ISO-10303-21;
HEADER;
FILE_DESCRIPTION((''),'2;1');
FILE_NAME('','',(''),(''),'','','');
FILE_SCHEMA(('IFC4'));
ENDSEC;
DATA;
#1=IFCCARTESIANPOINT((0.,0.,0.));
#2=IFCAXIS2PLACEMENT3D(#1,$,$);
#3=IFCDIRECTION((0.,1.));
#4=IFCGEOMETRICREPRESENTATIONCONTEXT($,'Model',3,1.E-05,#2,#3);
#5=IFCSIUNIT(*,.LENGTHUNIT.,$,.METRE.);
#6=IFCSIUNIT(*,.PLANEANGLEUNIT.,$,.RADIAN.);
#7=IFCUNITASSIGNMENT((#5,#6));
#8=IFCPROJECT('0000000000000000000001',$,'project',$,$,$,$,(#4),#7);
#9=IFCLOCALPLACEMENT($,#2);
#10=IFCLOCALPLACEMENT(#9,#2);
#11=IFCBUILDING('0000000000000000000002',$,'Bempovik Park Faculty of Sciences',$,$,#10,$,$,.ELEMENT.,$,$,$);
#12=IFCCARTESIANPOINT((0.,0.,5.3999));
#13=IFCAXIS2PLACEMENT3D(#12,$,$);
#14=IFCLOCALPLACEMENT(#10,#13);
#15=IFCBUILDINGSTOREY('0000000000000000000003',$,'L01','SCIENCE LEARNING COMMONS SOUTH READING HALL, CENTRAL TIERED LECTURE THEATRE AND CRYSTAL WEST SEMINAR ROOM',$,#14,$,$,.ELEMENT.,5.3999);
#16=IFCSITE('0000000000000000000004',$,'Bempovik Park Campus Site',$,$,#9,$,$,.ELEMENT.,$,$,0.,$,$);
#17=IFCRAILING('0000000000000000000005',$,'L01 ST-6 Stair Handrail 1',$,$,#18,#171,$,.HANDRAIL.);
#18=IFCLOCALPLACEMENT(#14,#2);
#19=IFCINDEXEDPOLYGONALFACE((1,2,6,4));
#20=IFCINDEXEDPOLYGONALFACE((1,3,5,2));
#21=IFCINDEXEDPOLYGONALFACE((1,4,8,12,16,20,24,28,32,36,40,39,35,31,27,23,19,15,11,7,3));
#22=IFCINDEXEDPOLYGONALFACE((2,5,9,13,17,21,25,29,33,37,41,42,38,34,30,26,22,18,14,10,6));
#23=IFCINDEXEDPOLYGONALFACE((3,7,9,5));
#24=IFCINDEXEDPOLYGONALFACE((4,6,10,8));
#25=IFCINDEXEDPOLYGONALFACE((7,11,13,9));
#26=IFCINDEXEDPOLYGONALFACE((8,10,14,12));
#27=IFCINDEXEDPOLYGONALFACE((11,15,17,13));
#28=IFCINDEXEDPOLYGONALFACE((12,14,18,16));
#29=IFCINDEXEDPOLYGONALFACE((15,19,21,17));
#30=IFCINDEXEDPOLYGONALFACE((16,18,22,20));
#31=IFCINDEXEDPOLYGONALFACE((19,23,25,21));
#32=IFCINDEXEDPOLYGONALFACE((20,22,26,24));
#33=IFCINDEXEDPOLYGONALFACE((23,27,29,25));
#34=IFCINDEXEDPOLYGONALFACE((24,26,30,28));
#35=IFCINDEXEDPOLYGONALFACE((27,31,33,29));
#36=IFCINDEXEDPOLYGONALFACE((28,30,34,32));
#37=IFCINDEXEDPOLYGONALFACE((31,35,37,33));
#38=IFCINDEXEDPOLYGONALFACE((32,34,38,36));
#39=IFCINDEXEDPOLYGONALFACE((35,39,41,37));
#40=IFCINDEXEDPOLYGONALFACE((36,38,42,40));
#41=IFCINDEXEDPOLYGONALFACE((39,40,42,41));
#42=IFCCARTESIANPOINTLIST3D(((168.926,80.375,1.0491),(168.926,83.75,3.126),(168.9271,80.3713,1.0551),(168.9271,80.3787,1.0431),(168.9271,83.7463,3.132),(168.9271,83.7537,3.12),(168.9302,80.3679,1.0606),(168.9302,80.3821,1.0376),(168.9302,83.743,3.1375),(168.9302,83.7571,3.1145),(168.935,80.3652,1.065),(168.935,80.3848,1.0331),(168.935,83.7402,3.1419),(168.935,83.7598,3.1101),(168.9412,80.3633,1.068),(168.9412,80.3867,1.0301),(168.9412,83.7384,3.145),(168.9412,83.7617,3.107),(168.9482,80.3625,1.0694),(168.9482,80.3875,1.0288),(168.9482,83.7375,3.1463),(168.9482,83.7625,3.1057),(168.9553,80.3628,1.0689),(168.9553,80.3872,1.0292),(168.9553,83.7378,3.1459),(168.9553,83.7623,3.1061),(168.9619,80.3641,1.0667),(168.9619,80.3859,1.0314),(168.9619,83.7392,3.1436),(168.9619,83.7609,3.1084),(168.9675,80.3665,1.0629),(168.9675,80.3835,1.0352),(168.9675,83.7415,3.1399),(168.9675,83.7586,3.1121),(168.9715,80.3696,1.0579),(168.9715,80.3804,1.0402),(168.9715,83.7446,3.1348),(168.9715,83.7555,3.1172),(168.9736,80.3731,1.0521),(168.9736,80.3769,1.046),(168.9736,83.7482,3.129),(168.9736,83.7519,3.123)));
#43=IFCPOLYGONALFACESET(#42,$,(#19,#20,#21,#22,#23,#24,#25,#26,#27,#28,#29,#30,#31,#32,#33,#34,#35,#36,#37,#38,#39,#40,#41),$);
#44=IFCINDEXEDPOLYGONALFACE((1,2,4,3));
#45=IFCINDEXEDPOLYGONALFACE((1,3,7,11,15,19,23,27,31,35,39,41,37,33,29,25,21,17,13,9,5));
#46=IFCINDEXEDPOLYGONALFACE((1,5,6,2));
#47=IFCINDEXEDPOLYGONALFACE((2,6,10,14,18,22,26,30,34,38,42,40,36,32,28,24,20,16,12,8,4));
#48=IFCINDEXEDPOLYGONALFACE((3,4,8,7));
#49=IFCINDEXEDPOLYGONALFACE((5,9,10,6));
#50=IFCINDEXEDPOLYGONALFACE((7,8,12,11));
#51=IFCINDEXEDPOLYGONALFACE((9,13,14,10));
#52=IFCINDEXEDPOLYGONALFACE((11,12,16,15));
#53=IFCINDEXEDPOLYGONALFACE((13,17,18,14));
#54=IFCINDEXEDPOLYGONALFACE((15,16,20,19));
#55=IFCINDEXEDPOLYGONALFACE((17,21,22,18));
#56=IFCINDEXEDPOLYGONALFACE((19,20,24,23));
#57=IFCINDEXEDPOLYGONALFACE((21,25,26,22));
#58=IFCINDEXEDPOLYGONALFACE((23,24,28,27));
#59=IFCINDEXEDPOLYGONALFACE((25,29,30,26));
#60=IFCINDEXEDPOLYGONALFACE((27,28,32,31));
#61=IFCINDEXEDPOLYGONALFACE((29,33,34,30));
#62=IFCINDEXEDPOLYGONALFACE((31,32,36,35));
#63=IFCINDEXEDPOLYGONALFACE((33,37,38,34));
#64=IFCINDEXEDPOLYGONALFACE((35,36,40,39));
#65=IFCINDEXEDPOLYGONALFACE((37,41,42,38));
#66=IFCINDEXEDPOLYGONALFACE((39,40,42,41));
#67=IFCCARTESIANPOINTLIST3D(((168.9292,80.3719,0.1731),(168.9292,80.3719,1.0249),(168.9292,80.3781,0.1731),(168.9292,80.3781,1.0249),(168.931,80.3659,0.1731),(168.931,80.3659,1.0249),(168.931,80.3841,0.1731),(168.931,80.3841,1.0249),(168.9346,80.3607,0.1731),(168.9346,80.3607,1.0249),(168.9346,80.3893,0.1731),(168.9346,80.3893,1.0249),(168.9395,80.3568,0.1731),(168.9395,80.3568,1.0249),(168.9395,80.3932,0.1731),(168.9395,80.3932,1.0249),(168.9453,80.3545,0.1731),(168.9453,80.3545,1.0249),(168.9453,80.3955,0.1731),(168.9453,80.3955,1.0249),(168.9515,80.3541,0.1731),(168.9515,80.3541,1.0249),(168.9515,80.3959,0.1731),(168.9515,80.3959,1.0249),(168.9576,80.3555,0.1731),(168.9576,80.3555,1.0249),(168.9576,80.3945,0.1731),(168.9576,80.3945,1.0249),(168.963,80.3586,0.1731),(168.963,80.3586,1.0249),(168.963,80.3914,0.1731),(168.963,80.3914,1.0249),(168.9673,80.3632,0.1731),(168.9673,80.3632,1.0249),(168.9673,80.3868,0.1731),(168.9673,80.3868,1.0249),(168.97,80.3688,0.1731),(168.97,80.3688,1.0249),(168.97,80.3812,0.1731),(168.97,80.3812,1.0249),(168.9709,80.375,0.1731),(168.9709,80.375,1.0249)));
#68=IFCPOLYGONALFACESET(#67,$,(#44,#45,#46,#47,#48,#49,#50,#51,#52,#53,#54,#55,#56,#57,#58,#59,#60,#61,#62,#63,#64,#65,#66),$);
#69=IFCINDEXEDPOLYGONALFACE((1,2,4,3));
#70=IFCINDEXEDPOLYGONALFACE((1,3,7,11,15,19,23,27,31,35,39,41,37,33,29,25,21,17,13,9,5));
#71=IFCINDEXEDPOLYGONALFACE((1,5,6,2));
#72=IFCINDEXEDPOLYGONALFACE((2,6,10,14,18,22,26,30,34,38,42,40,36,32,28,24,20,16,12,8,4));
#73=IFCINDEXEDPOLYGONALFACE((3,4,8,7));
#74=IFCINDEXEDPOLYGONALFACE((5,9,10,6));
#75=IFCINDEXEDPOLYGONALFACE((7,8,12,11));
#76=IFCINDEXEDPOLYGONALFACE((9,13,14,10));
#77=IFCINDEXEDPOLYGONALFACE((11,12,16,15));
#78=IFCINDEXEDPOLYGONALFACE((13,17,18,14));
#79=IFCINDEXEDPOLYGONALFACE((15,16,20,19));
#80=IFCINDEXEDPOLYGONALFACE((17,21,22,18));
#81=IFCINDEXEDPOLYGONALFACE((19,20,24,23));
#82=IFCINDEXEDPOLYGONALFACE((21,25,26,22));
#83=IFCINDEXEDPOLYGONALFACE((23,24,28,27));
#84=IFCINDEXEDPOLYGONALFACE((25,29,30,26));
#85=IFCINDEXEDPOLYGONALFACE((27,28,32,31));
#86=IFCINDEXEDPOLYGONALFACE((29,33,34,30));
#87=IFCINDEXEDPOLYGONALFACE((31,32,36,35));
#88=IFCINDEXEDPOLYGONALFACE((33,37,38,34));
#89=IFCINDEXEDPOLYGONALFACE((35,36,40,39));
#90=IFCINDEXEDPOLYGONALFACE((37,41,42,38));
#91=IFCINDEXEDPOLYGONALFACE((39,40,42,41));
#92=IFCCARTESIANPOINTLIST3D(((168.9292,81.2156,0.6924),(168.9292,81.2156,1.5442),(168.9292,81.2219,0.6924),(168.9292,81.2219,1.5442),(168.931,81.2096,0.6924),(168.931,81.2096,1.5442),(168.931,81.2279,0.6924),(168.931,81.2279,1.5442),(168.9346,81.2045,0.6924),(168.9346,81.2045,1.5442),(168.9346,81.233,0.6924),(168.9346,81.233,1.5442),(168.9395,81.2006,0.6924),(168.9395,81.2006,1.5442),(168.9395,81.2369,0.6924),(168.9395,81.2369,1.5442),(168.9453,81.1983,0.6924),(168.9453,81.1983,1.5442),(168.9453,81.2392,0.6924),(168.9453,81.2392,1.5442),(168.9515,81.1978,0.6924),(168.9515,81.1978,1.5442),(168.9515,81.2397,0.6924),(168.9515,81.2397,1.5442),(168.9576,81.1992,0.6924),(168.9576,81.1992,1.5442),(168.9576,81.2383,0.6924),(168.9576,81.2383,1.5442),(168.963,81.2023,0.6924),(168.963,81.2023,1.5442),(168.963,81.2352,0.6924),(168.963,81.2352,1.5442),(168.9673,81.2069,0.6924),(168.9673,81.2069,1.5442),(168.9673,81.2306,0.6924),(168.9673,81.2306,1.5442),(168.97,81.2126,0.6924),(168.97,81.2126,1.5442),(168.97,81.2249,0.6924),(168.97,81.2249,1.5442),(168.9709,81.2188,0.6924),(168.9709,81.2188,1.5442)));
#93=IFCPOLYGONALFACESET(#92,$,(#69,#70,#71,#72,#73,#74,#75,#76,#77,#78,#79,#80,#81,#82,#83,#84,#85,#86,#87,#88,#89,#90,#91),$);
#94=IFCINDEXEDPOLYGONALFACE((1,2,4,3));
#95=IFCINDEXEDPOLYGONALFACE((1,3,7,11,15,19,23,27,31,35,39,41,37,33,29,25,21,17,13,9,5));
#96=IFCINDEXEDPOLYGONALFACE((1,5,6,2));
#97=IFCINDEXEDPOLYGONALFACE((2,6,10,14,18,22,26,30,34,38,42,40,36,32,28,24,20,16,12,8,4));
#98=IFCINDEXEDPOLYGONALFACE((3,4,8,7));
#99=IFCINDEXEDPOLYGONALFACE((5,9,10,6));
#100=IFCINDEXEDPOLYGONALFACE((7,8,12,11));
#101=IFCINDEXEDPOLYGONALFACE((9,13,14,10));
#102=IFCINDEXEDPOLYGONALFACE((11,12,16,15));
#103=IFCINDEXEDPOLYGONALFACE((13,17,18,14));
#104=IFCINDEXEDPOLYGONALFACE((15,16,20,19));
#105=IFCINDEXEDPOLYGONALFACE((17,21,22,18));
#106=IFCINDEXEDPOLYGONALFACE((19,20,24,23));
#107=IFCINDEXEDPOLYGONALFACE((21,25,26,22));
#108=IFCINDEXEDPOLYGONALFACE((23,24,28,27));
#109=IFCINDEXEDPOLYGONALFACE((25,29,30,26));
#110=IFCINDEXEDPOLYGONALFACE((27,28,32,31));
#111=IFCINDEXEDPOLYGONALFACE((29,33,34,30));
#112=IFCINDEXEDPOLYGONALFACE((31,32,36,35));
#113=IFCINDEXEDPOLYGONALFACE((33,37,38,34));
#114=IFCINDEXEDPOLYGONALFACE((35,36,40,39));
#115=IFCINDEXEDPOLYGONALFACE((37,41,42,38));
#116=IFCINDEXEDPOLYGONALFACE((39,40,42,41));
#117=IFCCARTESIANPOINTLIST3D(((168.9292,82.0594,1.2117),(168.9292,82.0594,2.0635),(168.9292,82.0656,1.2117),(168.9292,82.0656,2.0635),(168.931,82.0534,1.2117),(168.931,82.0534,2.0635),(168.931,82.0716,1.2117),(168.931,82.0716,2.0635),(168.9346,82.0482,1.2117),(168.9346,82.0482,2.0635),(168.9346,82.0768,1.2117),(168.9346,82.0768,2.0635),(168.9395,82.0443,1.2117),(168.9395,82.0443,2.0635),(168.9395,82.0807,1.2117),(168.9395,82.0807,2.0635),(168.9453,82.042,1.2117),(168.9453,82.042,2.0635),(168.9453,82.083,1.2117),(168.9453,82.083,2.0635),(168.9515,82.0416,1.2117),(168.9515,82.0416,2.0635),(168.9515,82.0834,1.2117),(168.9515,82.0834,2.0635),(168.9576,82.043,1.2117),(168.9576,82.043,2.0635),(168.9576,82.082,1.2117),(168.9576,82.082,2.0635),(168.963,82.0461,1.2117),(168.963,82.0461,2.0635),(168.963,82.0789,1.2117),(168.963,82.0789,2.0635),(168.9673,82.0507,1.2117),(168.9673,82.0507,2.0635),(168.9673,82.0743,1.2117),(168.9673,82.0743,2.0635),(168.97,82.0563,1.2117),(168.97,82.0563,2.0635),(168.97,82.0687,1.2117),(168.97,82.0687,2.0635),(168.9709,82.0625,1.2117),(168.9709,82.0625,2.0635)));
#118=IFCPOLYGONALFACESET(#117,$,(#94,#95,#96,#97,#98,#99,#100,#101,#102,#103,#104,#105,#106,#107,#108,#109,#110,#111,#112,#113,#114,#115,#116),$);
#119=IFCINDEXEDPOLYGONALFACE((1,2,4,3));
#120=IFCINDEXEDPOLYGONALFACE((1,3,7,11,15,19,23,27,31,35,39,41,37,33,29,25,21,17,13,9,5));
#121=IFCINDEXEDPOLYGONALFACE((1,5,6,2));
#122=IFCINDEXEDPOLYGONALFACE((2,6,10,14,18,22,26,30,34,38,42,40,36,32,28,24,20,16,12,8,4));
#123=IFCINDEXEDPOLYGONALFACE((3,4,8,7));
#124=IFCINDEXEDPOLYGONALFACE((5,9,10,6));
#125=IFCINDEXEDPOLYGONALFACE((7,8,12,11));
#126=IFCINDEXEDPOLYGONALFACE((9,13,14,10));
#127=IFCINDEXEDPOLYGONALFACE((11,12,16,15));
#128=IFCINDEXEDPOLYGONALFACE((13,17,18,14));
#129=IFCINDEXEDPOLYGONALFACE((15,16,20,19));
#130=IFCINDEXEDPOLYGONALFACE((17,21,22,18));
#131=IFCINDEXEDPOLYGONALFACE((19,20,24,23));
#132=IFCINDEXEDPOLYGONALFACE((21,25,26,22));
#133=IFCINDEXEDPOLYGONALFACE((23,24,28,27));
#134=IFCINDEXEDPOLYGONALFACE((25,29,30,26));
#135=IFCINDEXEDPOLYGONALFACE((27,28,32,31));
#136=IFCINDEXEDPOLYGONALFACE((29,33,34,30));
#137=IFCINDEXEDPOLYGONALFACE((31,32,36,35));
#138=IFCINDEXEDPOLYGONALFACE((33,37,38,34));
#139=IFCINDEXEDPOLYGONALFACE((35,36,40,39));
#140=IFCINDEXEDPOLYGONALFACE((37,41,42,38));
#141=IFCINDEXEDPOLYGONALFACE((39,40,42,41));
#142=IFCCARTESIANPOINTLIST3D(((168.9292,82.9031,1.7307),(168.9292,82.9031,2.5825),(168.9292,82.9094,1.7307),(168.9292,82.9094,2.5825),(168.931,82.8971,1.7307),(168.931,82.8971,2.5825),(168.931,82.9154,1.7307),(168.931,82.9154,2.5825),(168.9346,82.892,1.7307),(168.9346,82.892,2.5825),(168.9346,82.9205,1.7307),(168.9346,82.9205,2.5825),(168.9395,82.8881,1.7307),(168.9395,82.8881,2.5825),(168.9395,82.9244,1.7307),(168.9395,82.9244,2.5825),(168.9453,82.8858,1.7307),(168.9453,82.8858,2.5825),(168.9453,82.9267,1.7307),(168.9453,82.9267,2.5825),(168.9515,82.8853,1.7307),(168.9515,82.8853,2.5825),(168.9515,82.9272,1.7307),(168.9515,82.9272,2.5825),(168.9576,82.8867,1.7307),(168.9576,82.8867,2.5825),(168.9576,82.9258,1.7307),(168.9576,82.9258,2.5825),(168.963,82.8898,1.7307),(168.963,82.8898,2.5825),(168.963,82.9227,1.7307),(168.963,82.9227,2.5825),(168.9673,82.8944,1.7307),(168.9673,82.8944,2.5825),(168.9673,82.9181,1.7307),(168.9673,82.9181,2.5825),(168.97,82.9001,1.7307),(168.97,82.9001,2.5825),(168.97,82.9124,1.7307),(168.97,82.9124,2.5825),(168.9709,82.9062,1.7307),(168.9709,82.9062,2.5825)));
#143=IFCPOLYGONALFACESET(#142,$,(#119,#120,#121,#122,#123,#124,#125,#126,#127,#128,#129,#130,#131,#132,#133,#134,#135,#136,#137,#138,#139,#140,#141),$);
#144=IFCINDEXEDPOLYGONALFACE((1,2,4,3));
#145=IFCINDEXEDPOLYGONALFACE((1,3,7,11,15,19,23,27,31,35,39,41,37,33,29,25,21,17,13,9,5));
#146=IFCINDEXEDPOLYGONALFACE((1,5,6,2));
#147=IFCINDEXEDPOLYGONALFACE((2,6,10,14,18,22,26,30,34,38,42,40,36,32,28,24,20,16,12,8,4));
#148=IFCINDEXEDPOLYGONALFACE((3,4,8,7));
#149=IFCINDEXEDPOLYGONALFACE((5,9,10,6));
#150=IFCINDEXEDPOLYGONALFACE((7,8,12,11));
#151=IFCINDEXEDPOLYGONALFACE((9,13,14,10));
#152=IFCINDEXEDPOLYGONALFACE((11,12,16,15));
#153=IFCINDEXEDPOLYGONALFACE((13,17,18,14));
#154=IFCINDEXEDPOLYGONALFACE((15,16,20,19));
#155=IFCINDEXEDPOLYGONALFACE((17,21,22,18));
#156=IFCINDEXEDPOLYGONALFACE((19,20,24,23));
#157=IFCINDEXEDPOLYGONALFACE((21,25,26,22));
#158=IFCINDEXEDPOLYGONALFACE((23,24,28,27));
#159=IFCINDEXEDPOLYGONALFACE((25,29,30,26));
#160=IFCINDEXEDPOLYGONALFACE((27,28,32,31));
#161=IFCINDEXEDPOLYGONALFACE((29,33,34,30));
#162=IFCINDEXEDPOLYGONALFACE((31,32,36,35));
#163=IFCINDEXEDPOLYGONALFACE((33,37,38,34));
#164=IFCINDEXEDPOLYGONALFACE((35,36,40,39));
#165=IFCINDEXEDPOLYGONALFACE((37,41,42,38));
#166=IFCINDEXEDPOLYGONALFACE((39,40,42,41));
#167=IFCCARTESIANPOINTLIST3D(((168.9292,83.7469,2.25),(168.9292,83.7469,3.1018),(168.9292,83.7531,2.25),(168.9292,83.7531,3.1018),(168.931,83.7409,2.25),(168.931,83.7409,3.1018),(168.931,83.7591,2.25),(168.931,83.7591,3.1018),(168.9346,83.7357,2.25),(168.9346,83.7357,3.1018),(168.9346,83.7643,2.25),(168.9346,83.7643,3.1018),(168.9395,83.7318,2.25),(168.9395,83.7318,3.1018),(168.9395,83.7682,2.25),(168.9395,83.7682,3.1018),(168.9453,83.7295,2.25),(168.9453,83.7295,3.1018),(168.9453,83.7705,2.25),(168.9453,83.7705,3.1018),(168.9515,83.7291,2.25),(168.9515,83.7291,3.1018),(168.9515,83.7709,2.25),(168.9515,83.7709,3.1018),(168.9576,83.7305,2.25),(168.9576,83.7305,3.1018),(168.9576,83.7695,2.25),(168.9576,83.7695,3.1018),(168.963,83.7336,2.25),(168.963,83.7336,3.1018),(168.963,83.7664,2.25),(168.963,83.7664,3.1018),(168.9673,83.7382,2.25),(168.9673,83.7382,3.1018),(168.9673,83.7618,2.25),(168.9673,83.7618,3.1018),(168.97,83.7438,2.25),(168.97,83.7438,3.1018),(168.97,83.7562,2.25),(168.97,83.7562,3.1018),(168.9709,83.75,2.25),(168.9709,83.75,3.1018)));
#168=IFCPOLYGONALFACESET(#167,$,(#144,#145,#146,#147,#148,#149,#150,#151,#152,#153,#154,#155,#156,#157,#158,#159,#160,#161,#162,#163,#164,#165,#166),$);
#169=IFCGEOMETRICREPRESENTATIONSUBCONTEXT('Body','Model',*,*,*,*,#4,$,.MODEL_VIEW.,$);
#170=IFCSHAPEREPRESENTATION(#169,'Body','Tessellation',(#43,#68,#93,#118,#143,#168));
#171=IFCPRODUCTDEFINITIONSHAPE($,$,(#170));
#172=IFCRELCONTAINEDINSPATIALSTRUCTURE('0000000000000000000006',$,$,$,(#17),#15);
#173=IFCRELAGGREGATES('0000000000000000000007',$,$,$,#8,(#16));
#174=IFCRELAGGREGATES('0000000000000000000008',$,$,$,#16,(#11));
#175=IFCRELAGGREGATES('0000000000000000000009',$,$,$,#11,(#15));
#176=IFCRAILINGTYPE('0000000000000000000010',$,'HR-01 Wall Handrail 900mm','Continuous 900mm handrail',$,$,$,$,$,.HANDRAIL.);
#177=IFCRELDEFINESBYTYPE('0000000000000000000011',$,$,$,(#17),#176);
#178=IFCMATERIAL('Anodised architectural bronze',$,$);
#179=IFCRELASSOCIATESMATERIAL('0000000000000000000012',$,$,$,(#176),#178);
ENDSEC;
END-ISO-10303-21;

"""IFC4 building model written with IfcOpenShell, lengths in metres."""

from ifc_helpers import new_model, si_unit, direction, frame, origin, origin_2d, place, context, subcontext, project, spatial, circle, extrude, material, type_object, element, save


model = new_model("IFC4")

# Units and contexts
model_context = context("Model", 3, precision=1e-05, world=origin(), true_north=direction((0.0, 1.0)))
body_context = subcontext(model_context, "Body", "Model", "MODEL_VIEW")
ifc_project = project(units=[si_unit("LENGTHUNIT", "METRE"), si_unit("PLANEANGLEUNIT", "RADIAN")], contexts=[model_context])

# Site, building, storey
site_placement = place(None, origin())
site = spatial("IfcSite", under=ifc_project, at=site_placement, Name="Bempovik Park Campus Site", CompositionType="ELEMENT", RefElevation=0.0)
building_placement = place(site_placement, origin())
building = spatial("IfcBuilding", under=site, at=building_placement, Name="Bempovik Park Faculty of Sciences", CompositionType="ELEMENT")
storey_placement = place(building_placement, frame((0.0, 0.0, 5.3999)))
storey = spatial("IfcBuildingStorey", under=building, at=storey_placement, Name="L01", Description="SCIENCE LEARNING COMMONS SOUTH READING HALL, CENTRAL TIERED LECTURE THEATRE AND CRYSTAL WEST SEMINAR ROOM", CompositionType="ELEMENT", Elevation=5.3999)

# Railing
ifc_material_1 = material(Name="Anodised architectural bronze")
railing_type_1 = type_object("IfcRailingType", Name="HR-01 Wall Handrail 900mm", Description="Continuous 900mm handrail", PredefinedType="HANDRAIL", material=ifc_material_1)
railing_1_placement = place(storey_placement, frame((168.95, 80.375, 0.1731)))
element("IfcRailing", 1, at=railing_1_placement, inside=storey, type_object=railing_type_1, Name="L01 ST-6 Stair Handrail 1", PredefinedType="HANDRAIL", context=body_context, shape_type="SweptSolid", body=[
    extrude(circle(Radius=0.0239, at=origin_2d()), frame((0.0, 0.0, 0.876), z_axis=(0.0, 0.85166, 0.524094), x_axis=(-1.0, 0.0, 0.0)), (0.0, 0.0, 1.0), 3.9629),
    extrude(circle(Radius=0.021, at=origin_2d()), origin(), (0.0, 0.0, 1.0), 0.8518),
    extrude(circle(Radius=0.021, at=origin_2d()), frame((0.0, 0.8438, 0.5193)), (0.0, 0.0, 1.0), 0.8518),
    extrude(circle(Radius=0.021, at=origin_2d()), frame((0.0, 1.6875, 1.0386)), (0.0, 0.0, 1.0), 0.8518),
    extrude(circle(Radius=0.021, at=origin_2d()), frame((0.0, 2.5312, 1.5576)), (0.0, 0.0, 1.0), 0.8518),
    extrude(circle(Radius=0.021, at=origin_2d()), frame((0.0, 3.375, 2.0769)), (0.0, 0.0, 1.0), 0.8518),
])

save(model, "model.ifc")
